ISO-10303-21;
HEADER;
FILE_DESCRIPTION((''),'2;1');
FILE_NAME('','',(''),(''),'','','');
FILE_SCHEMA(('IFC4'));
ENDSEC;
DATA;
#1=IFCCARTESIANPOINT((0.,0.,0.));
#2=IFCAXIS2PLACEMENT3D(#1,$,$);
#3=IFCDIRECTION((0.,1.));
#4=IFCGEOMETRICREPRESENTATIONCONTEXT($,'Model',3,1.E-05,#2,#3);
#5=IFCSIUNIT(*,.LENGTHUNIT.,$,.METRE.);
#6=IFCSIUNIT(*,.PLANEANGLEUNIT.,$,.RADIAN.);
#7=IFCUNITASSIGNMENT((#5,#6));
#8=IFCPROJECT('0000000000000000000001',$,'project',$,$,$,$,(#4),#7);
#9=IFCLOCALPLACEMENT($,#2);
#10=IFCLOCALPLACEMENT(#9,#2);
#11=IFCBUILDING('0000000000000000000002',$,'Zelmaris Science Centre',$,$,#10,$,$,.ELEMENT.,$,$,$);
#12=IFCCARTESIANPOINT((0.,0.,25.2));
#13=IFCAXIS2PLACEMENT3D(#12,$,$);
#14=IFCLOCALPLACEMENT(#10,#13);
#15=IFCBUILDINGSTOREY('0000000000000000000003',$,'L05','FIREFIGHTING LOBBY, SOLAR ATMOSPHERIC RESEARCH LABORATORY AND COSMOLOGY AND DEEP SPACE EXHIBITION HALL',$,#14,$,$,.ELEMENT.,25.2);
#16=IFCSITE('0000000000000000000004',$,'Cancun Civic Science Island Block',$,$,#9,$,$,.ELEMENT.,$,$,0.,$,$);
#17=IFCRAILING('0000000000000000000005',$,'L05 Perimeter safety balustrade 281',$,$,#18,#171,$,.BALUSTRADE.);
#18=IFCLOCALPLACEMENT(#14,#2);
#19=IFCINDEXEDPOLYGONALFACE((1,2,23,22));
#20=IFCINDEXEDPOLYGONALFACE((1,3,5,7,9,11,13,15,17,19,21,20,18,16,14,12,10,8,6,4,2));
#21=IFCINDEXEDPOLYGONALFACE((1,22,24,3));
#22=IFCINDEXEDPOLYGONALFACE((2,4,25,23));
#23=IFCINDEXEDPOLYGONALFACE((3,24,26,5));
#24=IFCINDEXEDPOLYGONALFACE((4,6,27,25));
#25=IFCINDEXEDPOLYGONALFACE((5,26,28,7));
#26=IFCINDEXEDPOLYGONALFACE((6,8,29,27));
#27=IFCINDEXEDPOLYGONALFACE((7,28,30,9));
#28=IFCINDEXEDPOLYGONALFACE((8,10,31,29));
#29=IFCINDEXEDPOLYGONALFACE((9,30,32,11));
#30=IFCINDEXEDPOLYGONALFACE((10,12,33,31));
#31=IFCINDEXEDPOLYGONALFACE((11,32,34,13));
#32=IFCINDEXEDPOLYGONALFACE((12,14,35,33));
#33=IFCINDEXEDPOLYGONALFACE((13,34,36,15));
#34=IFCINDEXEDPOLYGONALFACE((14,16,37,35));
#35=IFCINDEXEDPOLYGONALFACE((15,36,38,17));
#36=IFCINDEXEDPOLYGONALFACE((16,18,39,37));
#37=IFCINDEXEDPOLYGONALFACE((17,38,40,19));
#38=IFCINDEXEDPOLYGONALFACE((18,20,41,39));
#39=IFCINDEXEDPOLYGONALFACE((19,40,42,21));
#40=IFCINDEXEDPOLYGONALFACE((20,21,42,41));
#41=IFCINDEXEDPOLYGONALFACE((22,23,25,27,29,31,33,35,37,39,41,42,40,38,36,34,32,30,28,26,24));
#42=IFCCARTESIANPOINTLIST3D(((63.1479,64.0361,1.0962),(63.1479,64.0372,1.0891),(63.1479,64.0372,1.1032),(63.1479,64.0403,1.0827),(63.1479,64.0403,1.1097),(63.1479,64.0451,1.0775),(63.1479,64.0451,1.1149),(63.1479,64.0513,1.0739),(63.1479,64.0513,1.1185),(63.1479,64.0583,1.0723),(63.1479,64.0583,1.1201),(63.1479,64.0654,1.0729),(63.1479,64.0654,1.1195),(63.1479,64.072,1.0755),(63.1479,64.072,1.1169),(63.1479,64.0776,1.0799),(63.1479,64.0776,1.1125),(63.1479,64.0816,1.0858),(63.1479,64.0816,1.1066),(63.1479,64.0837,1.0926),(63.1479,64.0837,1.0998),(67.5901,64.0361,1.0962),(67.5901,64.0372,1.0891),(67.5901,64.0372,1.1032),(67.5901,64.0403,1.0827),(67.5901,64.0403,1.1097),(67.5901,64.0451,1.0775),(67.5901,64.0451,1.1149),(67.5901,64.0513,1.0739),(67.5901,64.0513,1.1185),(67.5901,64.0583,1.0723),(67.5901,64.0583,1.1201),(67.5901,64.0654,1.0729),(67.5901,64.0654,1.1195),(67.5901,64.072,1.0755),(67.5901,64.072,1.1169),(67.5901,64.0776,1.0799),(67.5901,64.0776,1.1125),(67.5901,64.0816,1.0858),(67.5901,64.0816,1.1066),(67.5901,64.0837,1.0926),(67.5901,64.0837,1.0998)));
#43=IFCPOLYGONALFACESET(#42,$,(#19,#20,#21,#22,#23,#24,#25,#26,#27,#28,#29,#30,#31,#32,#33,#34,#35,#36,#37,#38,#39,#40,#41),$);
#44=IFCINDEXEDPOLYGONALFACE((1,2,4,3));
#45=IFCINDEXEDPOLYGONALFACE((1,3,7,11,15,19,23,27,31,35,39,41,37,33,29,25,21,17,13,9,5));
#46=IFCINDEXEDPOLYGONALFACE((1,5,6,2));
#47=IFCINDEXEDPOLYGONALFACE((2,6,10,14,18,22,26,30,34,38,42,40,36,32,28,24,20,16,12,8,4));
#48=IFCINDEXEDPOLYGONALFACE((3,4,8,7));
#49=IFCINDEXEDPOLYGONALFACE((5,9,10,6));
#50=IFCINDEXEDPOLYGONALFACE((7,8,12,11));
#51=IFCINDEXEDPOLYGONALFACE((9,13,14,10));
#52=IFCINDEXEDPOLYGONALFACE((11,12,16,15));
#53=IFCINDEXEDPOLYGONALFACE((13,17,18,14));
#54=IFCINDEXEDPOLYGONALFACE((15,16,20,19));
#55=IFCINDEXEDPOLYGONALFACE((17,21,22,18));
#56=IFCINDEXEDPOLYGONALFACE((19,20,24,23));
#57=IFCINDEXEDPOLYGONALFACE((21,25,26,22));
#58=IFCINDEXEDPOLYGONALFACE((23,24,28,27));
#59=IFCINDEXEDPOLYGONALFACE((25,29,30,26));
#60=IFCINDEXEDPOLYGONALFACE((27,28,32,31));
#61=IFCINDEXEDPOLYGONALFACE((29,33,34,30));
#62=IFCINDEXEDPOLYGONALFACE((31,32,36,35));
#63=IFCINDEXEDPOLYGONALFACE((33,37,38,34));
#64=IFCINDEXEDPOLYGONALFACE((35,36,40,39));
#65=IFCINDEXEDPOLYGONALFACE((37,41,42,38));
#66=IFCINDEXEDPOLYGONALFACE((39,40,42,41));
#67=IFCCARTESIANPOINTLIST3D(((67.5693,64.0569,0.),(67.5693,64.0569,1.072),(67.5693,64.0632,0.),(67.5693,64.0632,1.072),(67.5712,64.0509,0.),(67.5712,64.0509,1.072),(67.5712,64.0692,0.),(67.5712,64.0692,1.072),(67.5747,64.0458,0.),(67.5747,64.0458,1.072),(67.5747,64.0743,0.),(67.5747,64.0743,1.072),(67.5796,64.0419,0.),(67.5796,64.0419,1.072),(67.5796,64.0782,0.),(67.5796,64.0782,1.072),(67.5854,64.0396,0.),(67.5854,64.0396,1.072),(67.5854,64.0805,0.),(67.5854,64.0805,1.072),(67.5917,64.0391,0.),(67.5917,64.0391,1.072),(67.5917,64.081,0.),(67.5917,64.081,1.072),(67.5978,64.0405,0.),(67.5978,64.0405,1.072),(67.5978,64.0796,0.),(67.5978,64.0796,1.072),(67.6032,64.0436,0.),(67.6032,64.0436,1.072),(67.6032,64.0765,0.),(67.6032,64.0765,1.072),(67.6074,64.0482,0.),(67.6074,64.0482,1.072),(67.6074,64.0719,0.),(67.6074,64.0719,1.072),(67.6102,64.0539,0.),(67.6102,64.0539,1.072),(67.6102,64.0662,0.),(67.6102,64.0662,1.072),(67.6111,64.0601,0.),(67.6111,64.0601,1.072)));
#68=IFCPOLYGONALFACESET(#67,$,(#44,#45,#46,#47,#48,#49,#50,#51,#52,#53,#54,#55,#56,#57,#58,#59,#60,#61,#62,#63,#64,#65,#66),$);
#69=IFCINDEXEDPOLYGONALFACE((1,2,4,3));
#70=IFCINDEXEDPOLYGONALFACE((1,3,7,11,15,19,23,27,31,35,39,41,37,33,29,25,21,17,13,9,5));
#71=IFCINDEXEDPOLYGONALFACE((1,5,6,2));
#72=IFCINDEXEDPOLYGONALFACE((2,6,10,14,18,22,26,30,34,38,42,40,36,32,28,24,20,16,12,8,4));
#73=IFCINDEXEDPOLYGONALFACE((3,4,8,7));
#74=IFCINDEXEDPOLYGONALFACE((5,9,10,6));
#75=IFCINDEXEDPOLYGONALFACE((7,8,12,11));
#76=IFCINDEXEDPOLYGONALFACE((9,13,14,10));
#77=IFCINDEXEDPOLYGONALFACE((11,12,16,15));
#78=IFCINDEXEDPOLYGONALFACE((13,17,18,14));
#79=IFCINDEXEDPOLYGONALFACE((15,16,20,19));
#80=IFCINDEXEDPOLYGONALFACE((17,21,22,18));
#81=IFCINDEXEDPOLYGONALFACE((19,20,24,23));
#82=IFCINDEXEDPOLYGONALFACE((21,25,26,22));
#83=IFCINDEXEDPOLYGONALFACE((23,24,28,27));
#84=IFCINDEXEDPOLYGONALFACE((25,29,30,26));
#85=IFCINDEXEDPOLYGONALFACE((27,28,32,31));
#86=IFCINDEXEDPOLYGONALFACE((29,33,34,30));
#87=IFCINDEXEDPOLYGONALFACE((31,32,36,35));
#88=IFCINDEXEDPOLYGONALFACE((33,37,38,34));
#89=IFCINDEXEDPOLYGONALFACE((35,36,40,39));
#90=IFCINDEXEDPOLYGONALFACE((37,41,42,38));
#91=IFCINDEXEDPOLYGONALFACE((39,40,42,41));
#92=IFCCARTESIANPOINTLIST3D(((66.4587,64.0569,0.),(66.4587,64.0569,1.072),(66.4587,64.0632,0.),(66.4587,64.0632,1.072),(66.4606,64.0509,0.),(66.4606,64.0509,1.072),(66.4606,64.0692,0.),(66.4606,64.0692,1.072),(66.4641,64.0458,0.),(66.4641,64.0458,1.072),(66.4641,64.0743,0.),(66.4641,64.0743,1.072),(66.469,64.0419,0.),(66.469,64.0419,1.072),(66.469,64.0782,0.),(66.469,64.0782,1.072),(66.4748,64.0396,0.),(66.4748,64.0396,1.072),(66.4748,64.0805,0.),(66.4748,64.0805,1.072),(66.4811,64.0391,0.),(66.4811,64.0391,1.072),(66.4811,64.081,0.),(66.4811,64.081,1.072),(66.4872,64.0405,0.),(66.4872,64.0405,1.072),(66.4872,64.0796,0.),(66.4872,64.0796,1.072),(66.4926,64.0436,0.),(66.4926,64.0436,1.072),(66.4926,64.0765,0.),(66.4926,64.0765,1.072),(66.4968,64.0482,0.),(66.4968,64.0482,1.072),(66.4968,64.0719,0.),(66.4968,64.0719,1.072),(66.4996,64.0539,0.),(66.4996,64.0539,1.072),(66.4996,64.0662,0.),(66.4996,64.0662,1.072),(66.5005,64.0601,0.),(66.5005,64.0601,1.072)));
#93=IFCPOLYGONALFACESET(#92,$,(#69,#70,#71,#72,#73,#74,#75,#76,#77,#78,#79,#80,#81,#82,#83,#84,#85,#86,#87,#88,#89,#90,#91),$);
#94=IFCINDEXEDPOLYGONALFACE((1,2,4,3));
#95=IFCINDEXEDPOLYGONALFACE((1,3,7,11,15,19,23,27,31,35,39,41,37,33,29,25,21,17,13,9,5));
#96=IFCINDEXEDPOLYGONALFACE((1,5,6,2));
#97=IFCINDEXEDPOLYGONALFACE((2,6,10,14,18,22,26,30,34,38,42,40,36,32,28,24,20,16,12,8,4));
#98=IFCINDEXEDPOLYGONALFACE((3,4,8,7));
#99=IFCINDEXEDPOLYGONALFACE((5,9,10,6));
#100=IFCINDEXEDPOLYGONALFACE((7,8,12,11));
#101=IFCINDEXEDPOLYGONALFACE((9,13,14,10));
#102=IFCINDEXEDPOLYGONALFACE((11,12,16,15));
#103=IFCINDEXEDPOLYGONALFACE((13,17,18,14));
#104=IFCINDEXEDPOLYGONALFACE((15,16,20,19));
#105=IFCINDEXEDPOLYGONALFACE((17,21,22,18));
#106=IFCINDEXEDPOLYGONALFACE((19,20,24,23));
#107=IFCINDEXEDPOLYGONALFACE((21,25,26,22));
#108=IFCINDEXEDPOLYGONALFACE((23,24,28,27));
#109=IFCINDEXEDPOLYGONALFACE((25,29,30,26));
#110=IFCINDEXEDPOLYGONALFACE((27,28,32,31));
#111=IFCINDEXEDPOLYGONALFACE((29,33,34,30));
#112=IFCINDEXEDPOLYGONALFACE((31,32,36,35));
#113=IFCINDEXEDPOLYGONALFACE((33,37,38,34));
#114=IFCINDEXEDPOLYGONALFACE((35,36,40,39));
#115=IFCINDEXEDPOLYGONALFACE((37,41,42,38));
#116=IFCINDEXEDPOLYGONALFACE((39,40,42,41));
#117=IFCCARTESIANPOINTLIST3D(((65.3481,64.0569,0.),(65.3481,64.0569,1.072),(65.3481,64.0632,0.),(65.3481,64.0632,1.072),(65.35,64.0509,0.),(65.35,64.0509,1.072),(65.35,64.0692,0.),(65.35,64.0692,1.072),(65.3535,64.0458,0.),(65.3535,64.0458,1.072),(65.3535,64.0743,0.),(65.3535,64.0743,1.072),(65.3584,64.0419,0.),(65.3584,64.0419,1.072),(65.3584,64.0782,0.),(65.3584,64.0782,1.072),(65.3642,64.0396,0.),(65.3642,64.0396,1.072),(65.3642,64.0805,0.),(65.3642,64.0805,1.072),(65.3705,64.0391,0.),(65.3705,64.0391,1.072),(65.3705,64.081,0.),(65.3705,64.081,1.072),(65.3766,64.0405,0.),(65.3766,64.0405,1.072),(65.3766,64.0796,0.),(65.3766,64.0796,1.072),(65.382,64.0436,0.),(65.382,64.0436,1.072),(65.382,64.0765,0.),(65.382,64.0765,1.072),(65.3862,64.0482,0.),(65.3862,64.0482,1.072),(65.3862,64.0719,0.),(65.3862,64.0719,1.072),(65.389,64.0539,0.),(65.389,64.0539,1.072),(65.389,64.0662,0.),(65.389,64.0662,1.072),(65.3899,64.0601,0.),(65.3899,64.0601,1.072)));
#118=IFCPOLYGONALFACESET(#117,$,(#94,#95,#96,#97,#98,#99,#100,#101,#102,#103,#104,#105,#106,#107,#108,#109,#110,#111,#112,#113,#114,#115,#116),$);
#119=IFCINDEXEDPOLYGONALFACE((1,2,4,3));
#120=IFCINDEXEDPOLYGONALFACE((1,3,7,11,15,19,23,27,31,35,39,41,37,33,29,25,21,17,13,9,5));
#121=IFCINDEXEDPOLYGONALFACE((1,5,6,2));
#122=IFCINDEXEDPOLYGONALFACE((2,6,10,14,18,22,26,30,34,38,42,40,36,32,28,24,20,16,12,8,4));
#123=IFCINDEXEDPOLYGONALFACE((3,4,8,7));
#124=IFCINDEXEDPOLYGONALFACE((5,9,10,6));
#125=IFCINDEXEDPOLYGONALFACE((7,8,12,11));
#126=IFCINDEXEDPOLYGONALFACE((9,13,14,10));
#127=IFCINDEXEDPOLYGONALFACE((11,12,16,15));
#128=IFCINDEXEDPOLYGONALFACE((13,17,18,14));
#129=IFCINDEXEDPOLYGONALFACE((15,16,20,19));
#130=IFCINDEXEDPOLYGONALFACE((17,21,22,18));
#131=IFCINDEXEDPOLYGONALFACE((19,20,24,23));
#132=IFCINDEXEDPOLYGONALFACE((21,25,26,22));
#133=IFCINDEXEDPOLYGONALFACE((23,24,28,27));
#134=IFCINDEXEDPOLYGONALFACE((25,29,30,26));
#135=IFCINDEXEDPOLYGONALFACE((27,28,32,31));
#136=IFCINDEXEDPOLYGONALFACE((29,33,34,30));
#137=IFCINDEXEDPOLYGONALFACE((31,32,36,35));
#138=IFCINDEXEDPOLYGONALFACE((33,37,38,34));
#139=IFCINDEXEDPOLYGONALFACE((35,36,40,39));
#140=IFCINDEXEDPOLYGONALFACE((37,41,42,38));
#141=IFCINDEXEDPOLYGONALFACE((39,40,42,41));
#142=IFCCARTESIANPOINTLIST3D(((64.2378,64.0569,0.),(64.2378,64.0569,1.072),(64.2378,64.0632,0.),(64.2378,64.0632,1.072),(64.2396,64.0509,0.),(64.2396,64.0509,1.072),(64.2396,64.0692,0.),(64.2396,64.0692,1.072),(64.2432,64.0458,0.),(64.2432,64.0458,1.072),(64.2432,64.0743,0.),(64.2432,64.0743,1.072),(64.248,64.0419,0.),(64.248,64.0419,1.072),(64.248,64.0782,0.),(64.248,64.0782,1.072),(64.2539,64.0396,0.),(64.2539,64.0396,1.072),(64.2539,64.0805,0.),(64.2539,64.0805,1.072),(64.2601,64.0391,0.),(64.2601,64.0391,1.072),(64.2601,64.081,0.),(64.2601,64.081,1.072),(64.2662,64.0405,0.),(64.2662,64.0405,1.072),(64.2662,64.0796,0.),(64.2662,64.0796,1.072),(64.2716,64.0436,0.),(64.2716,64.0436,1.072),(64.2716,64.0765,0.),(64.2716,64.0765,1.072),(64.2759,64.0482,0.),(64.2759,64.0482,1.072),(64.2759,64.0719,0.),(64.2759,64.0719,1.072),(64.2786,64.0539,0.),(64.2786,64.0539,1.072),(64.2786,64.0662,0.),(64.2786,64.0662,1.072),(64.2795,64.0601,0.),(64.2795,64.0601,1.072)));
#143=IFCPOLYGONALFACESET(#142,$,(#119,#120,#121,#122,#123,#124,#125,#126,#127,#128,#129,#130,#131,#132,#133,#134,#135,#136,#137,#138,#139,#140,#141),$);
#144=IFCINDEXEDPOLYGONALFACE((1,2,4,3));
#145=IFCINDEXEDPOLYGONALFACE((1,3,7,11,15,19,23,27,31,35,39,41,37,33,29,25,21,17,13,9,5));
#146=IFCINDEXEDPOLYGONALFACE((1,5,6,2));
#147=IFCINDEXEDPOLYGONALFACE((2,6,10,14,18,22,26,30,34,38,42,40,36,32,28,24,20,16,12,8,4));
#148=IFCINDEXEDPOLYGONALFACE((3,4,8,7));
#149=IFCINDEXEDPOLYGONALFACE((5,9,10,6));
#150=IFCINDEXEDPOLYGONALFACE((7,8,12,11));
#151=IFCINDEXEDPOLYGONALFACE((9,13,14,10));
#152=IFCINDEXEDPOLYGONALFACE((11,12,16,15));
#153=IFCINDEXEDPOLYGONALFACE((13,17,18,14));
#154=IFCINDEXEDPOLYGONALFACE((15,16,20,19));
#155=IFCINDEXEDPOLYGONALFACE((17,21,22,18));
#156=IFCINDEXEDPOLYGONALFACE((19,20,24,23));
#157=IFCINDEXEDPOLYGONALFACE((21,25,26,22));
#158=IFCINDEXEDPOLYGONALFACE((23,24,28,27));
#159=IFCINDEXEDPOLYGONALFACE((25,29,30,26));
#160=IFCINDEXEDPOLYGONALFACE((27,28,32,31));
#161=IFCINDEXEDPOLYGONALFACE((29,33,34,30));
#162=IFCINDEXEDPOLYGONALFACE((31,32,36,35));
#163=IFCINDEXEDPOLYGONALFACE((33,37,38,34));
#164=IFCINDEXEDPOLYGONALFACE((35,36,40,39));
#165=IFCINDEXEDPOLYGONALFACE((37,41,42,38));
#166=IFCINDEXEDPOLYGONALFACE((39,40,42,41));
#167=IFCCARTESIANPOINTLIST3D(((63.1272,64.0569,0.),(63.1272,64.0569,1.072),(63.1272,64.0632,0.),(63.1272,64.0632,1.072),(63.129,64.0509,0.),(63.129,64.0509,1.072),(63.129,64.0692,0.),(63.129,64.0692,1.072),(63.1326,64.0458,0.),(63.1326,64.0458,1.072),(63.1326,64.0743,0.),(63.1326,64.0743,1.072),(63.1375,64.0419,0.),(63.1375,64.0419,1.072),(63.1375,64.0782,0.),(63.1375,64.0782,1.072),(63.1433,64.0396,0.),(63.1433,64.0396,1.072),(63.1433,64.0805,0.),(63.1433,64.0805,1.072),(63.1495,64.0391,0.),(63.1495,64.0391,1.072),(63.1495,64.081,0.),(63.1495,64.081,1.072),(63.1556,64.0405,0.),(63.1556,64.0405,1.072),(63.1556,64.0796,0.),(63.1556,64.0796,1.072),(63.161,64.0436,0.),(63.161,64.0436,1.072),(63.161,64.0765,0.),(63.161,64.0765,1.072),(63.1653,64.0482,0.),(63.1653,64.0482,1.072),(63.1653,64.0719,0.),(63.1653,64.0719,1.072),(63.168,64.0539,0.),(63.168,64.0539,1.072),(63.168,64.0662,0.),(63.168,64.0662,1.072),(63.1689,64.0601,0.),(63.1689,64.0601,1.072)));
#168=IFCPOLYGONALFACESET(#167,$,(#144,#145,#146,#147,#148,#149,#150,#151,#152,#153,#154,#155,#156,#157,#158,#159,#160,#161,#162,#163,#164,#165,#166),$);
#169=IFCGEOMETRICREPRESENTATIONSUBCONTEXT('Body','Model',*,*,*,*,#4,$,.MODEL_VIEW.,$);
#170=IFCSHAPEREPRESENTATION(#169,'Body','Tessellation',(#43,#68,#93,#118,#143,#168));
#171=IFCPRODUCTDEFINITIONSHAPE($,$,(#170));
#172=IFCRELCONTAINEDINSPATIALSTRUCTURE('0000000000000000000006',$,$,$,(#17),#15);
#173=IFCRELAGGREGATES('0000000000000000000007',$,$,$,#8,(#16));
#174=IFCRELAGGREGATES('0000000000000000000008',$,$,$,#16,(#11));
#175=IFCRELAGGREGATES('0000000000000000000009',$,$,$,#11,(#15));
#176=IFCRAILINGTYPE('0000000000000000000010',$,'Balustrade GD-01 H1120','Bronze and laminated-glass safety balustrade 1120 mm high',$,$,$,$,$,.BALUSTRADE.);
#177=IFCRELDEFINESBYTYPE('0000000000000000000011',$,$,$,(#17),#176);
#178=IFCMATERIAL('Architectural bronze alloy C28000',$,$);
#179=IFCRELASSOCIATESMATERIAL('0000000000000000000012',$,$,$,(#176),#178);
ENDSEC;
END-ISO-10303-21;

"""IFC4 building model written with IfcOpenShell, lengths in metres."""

from ifc_helpers import new_model, si_unit, direction, frame, origin, origin_2d, place, context, subcontext, project, spatial, circle, extrude, material, type_object, element, save


model = new_model("IFC4")

# Units and contexts
model_context = context("Model", 3, precision=1e-05, world=origin(), true_north=direction((0.0, 1.0)))
body_context = subcontext(model_context, "Body", "Model", "MODEL_VIEW")
ifc_project = project(units=[si_unit("LENGTHUNIT", "METRE"), si_unit("PLANEANGLEUNIT", "RADIAN")], contexts=[model_context])

# Site, building, storey
site_placement = place(None, origin())
site = spatial("IfcSite", under=ifc_project, at=site_placement, Name="Cancun Civic Science Island Block", CompositionType="ELEMENT", RefElevation=0.0)
building_placement = place(site_placement, origin())
building = spatial("IfcBuilding", under=site, at=building_placement, Name="Zelmaris Science Centre", CompositionType="ELEMENT")
storey_placement = place(building_placement, frame((0.0, 0.0, 25.2)))
storey = spatial("IfcBuildingStorey", under=building, at=storey_placement, Name="L05", Description="FIREFIGHTING LOBBY, SOLAR ATMOSPHERIC RESEARCH LABORATORY AND COSMOLOGY AND DEEP SPACE EXHIBITION HALL", CompositionType="ELEMENT", Elevation=25.2)

# Railing
ifc_material_1 = material(Name="Architectural bronze alloy C28000")
railing_type = type_object("IfcRailingType", Name="Balustrade GD-01 H1120", Description="Bronze and laminated-glass safety balustrade 1120 mm high", PredefinedType="BALUSTRADE", material=ifc_material_1)
railing_1_placement = place(storey_placement, frame((67.5901, 64.0601, 0.0)))
element("IfcRailing", 1, at=railing_1_placement, inside=storey, type_object=railing_type, Name="L05 Perimeter safety balustrade 281", PredefinedType="BALUSTRADE", context=body_context, shape_type="SweptSolid", body=[
    extrude(circle(Radius=0.0239, at=origin_2d()), frame((0.0, 0.0, 1.0962), z_axis=(-1.0, 0.0, 0.0), x_axis=(0.0, -1.0, 0.0)), (0.0, 0.0, 1.0), 4.4421),
    extrude(circle(Radius=0.021, at=origin_2d()), origin(), (0.0, 0.0, 1.0), 1.072),
    extrude(circle(Radius=0.021, at=origin_2d()), frame((-1.1106, 0.0, 0.0)), (0.0, 0.0, 1.0), 1.072),
    extrude(circle(Radius=0.021, at=origin_2d()), frame((-2.2212, 0.0, 0.0)), (0.0, 0.0, 1.0), 1.072),
    extrude(circle(Radius=0.021, at=origin_2d()), frame((-3.3315, 0.0, 0.0)), (0.0, 0.0, 1.0), 1.072),
    extrude(circle(Radius=0.021, at=origin_2d()), frame((-4.4421, 0.0, 0.0)), (0.0, 0.0, 1.0), 1.072),
])

save(model, "model.ifc")
